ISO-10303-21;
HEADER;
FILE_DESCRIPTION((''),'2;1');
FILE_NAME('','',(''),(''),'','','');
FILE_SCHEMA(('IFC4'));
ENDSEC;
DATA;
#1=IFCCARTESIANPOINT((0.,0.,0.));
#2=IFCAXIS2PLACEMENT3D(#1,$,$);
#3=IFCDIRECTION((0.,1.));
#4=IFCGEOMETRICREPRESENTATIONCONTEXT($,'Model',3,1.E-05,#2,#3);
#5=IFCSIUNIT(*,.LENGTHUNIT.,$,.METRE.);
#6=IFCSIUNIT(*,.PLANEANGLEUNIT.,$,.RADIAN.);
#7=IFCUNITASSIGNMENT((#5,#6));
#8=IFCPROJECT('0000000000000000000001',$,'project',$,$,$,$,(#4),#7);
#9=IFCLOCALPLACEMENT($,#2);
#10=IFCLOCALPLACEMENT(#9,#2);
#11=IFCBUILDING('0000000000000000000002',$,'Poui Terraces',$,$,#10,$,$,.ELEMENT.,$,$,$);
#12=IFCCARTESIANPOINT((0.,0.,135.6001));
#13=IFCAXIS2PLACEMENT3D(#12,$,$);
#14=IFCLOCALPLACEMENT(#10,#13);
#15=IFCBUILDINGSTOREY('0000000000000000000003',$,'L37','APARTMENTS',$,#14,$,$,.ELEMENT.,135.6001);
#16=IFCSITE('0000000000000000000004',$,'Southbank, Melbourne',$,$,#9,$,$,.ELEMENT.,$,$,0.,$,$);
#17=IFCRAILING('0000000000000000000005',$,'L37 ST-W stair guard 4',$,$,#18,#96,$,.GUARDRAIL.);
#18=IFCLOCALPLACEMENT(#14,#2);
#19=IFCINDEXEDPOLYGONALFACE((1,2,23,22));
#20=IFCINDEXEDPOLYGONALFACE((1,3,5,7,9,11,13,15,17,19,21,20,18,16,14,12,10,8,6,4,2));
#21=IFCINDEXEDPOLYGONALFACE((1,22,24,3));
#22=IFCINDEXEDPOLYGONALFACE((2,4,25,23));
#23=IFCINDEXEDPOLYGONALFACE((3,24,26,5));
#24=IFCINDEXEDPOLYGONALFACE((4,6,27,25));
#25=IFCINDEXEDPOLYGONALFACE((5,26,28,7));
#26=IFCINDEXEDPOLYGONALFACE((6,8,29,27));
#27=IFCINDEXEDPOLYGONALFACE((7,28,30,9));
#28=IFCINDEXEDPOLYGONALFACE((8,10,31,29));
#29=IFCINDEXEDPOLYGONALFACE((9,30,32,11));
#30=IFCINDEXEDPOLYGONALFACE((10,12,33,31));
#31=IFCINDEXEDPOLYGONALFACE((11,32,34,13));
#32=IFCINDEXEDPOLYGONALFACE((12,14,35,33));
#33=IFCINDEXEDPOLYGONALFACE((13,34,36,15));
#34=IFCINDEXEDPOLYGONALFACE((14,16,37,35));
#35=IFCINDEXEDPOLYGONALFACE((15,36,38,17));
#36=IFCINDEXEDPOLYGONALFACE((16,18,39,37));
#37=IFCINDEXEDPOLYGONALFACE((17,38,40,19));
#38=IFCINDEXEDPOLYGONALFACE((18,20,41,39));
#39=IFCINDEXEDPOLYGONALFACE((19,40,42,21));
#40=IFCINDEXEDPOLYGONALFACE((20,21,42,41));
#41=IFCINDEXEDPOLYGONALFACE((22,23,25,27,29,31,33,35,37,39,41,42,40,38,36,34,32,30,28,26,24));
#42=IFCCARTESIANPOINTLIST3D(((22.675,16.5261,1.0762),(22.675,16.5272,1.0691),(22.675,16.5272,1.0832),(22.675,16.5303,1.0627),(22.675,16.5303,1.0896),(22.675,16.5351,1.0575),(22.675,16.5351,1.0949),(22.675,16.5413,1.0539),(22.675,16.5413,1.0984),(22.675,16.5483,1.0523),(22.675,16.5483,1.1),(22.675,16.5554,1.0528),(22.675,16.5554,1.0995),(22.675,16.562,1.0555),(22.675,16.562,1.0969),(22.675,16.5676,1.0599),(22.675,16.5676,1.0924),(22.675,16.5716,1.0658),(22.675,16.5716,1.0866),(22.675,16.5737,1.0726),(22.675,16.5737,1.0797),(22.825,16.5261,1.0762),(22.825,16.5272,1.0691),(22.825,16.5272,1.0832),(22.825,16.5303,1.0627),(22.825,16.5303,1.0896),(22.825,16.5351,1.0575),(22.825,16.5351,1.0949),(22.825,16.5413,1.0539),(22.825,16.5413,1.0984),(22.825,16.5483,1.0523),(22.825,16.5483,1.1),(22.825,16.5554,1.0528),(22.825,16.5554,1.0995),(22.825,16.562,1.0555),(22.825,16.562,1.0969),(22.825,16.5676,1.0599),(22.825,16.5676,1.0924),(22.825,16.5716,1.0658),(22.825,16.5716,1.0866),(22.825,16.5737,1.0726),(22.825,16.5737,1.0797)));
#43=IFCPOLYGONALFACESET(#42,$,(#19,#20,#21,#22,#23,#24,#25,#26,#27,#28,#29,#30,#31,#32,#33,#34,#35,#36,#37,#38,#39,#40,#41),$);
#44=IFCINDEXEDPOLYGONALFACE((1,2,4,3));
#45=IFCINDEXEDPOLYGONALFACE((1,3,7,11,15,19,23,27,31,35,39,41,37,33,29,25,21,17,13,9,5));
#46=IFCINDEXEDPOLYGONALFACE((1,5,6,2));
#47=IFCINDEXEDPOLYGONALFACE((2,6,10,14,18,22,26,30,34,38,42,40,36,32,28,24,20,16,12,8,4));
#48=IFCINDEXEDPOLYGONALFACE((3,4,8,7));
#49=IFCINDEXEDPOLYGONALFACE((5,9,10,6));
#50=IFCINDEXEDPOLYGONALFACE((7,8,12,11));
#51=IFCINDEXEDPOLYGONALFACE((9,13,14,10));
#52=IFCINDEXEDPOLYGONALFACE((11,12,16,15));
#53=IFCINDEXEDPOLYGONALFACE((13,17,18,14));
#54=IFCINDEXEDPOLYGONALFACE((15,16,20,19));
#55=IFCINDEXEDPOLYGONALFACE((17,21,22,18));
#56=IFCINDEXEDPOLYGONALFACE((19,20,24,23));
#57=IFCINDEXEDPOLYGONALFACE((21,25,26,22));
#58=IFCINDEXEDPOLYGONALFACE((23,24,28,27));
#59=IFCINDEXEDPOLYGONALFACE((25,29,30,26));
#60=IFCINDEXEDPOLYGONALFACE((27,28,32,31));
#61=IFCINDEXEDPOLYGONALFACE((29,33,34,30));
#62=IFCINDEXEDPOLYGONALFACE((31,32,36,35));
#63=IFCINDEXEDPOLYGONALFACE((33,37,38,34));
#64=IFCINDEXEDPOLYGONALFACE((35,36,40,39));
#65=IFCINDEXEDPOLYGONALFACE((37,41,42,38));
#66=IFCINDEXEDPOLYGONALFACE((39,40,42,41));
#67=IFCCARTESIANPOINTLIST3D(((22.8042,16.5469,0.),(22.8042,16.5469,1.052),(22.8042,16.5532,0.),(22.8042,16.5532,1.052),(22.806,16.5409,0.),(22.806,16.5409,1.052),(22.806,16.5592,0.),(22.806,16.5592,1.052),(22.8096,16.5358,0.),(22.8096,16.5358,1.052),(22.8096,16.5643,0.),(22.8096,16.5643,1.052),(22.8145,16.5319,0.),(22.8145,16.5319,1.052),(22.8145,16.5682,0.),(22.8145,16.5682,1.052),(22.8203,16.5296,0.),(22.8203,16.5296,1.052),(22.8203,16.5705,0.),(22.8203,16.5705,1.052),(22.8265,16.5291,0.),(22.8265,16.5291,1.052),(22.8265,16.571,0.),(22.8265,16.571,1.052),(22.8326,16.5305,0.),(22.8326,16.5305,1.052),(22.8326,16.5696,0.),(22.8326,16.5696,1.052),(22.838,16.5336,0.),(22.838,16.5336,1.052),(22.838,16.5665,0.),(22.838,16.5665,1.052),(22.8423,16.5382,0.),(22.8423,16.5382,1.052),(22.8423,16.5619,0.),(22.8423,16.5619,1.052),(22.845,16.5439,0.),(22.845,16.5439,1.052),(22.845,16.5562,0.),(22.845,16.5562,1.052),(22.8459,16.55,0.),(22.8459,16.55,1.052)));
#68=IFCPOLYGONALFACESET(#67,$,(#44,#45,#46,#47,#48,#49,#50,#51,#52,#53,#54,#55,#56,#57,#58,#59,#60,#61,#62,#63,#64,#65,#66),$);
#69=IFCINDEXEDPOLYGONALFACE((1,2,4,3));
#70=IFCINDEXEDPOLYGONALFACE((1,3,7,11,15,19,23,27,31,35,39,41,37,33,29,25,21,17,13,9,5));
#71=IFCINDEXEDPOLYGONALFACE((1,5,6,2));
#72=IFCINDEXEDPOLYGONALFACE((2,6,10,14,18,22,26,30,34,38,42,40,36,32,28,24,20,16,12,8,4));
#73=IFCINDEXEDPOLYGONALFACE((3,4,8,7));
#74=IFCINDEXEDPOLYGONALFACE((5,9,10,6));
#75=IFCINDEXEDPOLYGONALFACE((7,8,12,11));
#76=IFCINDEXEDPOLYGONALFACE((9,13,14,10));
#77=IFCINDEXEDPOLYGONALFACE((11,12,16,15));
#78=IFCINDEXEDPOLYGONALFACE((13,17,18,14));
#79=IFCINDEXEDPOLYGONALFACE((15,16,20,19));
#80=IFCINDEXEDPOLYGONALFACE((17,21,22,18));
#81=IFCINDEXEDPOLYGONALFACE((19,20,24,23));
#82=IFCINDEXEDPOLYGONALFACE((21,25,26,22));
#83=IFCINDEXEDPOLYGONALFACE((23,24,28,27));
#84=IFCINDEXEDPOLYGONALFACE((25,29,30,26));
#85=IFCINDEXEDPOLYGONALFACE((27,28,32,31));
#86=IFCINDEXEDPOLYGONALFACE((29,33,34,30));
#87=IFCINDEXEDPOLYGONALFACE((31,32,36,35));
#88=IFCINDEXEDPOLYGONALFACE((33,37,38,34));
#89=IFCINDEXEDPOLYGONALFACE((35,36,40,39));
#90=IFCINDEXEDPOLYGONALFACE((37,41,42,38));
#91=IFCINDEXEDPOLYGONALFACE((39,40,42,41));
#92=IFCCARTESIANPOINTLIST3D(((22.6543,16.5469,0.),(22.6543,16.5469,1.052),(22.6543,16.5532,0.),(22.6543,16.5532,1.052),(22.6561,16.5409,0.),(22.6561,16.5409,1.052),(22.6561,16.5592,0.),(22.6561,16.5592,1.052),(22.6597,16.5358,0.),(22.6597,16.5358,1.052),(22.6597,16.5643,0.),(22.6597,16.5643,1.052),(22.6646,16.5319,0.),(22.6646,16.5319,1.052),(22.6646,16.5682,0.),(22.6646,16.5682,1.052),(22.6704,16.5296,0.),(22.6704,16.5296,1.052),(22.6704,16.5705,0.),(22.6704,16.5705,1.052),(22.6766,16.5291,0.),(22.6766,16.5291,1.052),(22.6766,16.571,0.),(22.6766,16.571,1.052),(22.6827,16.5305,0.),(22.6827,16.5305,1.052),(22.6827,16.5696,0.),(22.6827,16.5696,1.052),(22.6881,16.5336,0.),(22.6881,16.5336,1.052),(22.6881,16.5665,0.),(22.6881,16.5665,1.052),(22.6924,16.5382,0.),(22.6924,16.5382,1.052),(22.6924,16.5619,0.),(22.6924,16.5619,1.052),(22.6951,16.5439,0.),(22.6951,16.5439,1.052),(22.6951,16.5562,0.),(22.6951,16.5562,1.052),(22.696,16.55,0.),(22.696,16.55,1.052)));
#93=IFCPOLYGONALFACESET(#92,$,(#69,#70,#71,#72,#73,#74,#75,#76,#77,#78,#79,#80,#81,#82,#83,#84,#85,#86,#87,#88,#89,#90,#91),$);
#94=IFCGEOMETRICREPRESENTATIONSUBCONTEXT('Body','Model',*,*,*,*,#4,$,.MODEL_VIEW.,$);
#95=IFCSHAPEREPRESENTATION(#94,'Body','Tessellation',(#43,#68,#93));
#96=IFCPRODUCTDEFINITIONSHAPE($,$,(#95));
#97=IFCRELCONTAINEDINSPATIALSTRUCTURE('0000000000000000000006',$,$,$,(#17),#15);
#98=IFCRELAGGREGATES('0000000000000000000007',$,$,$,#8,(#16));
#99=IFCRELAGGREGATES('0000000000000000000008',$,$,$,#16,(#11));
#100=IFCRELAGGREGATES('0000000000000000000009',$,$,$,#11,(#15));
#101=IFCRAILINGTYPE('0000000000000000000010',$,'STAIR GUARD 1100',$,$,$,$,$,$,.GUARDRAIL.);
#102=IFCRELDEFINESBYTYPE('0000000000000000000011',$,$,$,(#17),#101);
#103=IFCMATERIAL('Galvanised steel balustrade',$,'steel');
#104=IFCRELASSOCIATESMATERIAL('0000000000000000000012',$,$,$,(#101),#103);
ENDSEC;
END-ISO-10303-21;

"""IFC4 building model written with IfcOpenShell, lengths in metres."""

from ifc_helpers import new_model, si_unit, direction, frame, origin, origin_2d, place, context, subcontext, project, spatial, circle, extrude, material, type_object, element, save


model = new_model("IFC4")

# Units and contexts
model_context = context("Model", 3, precision=1e-05, world=origin(), true_north=direction((0.0, 1.0)))
body_context = subcontext(model_context, "Body", "Model", "MODEL_VIEW")
ifc_project = project(units=[si_unit("LENGTHUNIT", "METRE"), si_unit("PLANEANGLEUNIT", "RADIAN")], contexts=[model_context])

# Site, building, storey
site_placement = place(None, origin())
site = spatial("IfcSite", under=ifc_project, at=site_placement, Name="Southbank, Melbourne", CompositionType="ELEMENT", RefElevation=0.0)
building_placement = place(site_placement, origin())
building = spatial("IfcBuilding", under=site, at=building_placement, Name="Poui Terraces", CompositionType="ELEMENT")
storey_placement = place(building_placement, frame((0.0, 0.0, 135.6001)))
storey = spatial("IfcBuildingStorey", under=building, at=storey_placement, Name="L37", Description="APARTMENTS", CompositionType="ELEMENT", Elevation=135.6001)

# Railing
ifc_material_1 = material(Name="Galvanised steel balustrade", Category="steel")
railing_type_1 = type_object("IfcRailingType", Name="STAIR GUARD 1100", PredefinedType="GUARDRAIL", material=ifc_material_1)
railing_1_placement = place(storey_placement, frame((22.825, 16.55, 0.0)))
element("IfcRailing", 1, at=railing_1_placement, inside=storey, type_object=railing_type_1, Name="L37 ST-W stair guard 4", PredefinedType="GUARDRAIL", context=body_context, shape_type="SweptSolid", body=[
    extrude(circle(Radius=0.0239, at=origin_2d()), frame((0.0, 0.0, 1.0762), z_axis=(-1.0, 0.0, 0.0), x_axis=(0.0, -1.0, 0.0)), (0.0, 0.0, 1.0), 0.1499),
    extrude(circle(Radius=0.021, at=origin_2d()), origin(), (0.0, 0.0, 1.0), 1.052),
    extrude(circle(Radius=0.021, at=origin_2d()), frame((-0.1499, 0.0, 0.0)), (0.0, 0.0, 1.0), 1.052),
])

save(model, "model.ifc")
